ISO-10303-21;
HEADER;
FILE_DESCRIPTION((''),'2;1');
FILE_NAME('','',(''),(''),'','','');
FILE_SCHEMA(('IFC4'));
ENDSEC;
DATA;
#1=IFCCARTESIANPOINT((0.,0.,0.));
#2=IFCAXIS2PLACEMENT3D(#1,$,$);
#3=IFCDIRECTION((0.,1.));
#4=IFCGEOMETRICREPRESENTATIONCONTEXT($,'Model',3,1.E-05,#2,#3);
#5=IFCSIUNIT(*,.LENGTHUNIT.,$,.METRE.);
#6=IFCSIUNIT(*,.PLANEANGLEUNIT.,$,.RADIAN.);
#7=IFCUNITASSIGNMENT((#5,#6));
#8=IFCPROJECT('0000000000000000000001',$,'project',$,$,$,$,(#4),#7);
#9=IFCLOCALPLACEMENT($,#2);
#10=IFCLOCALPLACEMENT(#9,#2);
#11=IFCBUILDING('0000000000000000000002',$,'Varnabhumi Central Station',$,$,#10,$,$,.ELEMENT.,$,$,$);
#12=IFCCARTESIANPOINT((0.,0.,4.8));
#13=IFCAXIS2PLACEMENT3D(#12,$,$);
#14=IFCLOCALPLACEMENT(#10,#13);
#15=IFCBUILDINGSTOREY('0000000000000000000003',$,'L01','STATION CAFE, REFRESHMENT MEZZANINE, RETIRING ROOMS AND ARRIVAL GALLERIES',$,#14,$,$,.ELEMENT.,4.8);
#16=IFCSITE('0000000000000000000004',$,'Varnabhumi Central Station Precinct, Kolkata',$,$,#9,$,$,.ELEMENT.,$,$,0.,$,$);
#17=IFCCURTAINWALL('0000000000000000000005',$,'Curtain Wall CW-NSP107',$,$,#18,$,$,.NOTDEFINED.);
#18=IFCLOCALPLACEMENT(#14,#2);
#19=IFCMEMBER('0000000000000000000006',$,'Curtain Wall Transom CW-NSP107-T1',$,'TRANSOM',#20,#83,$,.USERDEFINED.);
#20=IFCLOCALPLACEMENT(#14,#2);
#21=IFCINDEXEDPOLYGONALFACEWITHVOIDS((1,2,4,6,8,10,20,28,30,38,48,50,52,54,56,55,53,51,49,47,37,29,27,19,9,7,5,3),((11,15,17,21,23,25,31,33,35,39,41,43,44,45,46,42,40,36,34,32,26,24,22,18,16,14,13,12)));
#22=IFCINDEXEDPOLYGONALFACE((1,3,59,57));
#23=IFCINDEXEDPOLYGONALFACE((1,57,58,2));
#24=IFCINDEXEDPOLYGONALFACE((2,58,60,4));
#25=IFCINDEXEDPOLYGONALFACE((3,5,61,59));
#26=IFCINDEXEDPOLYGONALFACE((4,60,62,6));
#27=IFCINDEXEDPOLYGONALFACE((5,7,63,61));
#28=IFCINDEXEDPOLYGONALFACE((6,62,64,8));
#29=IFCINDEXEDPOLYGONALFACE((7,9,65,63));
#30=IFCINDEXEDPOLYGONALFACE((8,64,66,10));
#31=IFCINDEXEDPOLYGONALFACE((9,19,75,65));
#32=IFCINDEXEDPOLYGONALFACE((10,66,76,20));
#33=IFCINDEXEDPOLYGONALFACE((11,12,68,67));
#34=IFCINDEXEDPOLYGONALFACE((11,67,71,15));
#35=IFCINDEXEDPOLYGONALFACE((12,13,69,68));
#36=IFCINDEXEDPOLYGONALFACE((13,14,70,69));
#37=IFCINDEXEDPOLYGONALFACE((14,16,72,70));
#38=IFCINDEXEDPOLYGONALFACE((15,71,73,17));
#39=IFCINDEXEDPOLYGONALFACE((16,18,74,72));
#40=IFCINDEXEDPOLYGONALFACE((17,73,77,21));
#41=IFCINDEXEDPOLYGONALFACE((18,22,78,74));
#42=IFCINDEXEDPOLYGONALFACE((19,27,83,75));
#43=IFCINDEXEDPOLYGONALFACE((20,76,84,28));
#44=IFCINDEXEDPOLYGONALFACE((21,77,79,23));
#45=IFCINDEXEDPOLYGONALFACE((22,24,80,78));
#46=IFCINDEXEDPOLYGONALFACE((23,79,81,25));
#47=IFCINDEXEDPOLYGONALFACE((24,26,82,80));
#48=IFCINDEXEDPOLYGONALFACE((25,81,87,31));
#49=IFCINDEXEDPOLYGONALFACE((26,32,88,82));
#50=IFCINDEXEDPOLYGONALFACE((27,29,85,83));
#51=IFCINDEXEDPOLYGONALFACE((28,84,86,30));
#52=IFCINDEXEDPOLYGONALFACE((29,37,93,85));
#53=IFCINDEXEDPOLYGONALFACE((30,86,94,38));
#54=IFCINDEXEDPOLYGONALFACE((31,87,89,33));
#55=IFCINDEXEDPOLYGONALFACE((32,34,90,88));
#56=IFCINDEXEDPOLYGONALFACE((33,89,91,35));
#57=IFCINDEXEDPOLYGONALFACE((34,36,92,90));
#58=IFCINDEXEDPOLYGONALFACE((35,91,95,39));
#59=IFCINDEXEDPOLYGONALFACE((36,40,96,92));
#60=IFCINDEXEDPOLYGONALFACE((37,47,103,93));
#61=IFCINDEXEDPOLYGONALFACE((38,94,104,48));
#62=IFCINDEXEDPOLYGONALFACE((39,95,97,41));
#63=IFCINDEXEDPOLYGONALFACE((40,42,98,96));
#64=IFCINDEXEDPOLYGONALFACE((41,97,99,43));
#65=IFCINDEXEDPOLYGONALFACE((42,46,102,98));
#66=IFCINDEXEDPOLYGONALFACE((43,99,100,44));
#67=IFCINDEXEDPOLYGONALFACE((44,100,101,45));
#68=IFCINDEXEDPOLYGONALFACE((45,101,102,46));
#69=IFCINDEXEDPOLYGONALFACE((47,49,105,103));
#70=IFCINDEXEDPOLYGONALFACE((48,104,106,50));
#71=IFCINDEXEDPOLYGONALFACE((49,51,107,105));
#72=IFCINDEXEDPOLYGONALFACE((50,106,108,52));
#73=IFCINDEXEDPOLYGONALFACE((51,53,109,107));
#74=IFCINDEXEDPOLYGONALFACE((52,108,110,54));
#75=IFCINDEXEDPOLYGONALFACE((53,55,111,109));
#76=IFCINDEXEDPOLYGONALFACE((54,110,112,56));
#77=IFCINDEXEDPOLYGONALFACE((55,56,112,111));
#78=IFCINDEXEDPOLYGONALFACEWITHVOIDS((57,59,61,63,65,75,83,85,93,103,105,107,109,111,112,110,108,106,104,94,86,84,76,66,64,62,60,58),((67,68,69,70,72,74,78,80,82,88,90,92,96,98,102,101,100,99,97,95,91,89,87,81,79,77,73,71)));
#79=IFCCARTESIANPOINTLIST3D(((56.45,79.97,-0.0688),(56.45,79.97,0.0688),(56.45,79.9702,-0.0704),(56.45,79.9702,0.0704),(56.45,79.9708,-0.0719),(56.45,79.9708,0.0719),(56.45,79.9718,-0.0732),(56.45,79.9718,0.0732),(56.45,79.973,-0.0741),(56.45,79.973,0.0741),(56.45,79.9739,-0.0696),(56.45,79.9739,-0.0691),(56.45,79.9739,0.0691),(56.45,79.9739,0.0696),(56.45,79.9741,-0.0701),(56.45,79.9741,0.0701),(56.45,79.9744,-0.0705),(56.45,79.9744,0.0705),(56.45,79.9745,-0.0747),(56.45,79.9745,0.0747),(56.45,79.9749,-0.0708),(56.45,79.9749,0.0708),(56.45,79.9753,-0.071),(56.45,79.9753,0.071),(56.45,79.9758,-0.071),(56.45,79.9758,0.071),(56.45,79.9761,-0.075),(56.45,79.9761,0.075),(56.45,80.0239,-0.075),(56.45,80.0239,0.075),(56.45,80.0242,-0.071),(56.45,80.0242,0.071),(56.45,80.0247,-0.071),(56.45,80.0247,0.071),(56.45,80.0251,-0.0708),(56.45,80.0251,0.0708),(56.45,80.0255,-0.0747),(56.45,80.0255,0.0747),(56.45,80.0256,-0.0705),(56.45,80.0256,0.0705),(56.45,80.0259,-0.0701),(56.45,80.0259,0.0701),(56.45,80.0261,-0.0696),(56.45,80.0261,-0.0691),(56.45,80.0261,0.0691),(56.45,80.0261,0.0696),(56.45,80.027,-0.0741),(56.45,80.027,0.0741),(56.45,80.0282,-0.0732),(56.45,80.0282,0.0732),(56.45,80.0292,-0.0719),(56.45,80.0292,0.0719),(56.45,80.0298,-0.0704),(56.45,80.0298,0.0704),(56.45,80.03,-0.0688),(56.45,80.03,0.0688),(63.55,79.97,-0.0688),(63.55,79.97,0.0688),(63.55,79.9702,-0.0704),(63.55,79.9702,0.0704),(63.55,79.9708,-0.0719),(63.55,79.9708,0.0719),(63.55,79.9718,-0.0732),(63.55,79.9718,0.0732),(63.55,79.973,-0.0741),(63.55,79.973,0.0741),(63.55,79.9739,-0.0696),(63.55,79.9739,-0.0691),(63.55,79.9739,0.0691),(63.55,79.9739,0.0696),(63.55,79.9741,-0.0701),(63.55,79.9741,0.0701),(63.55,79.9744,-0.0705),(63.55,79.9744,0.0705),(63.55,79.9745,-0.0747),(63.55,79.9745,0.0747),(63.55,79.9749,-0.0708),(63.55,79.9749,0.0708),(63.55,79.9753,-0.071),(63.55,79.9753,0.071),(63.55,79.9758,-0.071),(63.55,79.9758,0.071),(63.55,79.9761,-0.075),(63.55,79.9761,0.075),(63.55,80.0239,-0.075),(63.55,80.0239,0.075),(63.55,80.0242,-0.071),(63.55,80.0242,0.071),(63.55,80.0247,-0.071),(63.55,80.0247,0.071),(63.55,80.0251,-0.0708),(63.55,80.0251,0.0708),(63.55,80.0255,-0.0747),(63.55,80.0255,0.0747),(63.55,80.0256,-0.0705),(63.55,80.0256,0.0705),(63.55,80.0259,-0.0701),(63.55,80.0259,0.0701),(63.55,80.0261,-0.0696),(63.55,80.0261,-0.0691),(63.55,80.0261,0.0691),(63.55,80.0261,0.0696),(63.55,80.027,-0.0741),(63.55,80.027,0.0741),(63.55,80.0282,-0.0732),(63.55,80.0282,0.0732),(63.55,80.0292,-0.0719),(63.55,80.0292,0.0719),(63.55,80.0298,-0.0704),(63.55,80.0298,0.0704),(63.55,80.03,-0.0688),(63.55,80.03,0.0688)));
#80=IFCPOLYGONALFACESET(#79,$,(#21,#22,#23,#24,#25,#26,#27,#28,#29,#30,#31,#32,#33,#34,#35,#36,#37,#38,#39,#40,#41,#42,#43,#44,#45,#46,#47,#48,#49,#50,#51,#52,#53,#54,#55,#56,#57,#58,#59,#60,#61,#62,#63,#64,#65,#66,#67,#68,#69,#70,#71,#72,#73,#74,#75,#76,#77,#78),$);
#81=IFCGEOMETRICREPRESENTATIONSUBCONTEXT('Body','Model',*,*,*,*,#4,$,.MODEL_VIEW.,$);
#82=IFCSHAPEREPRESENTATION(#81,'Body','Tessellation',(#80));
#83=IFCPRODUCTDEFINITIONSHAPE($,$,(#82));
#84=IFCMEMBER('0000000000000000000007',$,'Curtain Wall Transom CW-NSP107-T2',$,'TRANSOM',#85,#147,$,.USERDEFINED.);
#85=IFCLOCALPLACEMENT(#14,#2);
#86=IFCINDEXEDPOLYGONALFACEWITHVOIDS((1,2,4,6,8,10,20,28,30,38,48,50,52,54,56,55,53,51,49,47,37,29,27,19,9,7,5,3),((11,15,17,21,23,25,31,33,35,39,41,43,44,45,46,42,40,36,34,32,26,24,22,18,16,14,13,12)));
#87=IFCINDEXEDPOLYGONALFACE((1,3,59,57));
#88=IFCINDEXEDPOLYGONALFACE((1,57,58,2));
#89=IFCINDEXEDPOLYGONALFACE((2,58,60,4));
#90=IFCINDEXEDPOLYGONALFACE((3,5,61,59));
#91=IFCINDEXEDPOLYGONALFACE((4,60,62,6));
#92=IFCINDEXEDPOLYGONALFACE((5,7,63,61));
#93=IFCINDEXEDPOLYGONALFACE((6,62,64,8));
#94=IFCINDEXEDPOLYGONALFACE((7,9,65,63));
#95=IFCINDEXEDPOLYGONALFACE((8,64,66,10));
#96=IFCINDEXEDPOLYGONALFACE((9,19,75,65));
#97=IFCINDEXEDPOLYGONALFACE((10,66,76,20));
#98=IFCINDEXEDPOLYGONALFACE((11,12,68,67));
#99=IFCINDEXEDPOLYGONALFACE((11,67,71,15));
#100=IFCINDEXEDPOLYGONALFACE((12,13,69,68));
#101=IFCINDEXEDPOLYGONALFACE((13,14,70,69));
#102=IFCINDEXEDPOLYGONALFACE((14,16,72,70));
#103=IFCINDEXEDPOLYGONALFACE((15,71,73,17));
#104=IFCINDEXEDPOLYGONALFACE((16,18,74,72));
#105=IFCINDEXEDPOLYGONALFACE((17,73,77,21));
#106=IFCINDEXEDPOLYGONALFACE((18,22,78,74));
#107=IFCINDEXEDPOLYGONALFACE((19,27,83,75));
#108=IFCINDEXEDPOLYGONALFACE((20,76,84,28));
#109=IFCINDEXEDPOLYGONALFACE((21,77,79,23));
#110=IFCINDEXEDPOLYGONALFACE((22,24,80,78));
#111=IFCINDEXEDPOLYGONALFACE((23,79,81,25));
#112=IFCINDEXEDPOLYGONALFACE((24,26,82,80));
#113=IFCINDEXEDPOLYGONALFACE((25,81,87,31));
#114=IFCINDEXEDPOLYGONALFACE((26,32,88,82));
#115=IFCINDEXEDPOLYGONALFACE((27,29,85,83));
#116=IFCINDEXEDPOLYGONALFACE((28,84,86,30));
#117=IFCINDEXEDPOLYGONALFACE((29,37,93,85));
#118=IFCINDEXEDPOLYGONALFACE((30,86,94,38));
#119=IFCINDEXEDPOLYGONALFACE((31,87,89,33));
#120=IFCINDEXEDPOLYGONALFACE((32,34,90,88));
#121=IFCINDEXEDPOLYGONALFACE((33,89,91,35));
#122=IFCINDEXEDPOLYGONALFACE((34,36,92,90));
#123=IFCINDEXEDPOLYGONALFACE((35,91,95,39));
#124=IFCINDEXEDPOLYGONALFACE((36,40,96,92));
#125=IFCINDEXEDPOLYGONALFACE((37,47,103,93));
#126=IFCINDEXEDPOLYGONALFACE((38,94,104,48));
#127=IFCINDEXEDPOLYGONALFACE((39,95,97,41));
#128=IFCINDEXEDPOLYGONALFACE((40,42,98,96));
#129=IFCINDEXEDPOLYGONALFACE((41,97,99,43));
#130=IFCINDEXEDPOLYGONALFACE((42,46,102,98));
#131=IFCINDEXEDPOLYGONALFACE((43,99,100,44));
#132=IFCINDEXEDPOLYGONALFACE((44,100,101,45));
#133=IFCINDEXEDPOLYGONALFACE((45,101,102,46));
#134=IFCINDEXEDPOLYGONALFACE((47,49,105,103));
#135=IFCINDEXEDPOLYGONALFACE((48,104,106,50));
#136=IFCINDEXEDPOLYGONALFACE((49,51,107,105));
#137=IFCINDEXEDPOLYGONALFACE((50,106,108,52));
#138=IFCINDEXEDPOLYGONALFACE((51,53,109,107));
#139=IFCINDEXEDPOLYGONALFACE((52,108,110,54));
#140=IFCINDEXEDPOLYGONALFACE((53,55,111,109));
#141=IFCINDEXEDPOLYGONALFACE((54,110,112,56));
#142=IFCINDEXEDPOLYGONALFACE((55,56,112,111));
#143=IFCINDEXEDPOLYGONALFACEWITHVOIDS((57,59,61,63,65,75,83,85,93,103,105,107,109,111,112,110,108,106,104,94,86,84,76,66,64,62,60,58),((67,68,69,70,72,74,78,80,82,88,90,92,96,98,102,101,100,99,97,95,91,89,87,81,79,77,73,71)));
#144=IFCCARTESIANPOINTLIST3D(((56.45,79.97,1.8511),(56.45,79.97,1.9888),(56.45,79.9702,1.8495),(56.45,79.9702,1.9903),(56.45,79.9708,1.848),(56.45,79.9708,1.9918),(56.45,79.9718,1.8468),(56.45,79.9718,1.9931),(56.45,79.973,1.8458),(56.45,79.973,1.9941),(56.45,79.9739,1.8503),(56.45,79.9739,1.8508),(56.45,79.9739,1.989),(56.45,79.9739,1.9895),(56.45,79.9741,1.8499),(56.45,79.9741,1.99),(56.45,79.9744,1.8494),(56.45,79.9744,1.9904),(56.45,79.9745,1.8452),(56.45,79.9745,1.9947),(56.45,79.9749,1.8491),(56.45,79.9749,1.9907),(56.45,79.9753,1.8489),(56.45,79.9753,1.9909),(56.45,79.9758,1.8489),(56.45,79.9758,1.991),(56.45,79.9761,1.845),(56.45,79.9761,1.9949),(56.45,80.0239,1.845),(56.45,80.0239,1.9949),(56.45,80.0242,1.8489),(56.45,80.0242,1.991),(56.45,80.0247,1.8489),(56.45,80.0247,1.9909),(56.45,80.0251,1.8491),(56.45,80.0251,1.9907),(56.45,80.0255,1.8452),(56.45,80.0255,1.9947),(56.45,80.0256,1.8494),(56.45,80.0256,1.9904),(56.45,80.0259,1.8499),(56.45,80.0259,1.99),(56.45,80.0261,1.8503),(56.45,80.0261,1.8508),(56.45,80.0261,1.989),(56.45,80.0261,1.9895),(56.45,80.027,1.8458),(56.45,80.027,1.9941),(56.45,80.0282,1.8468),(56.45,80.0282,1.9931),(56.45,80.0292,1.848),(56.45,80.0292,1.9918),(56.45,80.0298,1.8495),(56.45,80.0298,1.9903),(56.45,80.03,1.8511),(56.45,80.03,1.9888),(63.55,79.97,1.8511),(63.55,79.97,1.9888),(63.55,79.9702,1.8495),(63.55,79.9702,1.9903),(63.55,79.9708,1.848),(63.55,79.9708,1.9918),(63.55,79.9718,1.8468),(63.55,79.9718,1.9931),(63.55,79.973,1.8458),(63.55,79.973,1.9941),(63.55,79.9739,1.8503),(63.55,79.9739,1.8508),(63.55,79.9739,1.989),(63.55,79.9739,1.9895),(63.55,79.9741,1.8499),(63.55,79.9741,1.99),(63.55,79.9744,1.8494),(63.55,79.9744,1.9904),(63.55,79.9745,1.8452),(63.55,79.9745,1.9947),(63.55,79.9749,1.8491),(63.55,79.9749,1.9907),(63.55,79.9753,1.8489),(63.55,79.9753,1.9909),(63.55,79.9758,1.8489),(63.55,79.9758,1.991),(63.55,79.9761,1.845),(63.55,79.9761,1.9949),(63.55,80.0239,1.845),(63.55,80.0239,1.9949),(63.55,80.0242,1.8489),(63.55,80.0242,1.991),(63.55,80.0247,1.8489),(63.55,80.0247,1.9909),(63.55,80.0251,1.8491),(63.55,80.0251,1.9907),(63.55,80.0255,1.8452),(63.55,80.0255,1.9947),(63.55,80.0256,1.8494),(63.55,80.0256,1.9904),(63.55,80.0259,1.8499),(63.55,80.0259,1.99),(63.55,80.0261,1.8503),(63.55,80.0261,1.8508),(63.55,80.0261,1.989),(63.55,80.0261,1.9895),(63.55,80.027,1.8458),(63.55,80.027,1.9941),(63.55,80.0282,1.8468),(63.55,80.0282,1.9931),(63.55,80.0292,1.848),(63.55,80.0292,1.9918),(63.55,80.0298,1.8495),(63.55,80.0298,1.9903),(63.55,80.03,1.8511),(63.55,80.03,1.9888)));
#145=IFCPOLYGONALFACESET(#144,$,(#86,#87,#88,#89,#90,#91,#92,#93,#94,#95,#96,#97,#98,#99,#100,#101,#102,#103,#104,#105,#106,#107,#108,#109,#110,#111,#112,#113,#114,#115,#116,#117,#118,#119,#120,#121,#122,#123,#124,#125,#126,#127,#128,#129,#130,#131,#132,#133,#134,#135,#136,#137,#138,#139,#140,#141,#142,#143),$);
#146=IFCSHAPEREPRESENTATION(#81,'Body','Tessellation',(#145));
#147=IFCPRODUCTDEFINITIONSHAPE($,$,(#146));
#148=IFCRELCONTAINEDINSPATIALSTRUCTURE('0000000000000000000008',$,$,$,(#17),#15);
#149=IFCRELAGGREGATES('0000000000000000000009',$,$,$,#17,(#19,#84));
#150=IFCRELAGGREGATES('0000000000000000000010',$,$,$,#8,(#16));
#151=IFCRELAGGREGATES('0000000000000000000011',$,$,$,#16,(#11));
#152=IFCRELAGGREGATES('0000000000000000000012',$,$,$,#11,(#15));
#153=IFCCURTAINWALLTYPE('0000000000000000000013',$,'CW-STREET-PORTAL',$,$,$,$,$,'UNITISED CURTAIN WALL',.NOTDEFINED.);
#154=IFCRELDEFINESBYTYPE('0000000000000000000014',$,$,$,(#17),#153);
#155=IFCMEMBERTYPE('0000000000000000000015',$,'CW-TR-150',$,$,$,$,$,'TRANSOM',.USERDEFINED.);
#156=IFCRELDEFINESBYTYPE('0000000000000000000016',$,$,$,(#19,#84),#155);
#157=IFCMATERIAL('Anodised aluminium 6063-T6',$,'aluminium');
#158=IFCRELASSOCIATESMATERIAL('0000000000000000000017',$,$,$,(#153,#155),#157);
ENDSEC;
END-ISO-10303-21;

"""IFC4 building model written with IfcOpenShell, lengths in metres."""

from ifc_helpers import new_model, si_unit, direction, frame, origin, origin_2d, place, context, subcontext, project, spatial, hollow_rectangle, extrude, material, material_profile, profile_set, type_object, element, aggregate, save


model = new_model("IFC4")

# Units and contexts
model_context = context("Model", 3, precision=1e-05, world=origin(), true_north=direction((0.0, 1.0)))
body_context = subcontext(model_context, "Body", "Model", "MODEL_VIEW")
ifc_project = project(units=[si_unit("LENGTHUNIT", "METRE"), si_unit("PLANEANGLEUNIT", "RADIAN")], contexts=[model_context])

# Site, building, storey
site_placement = place(None, origin())
site = spatial("IfcSite", under=ifc_project, at=site_placement, Name="Varnabhumi Central Station Precinct, Kolkata", CompositionType="ELEMENT", RefElevation=0.0)
building_placement = place(site_placement, origin())
building = spatial("IfcBuilding", under=site, at=building_placement, Name="Varnabhumi Central Station", CompositionType="ELEMENT")
storey_placement = place(building_placement, frame((0.0, 0.0, 4.8)))
storey = spatial("IfcBuildingStorey", under=building, at=storey_placement, Name="L01", Description="STATION CAFE, REFRESHMENT MEZZANINE, RETIRING ROOMS AND ARRIVAL GALLERIES", CompositionType="ELEMENT", Elevation=4.8)

# Curtain wall
ifc_material_1 = material(Name="Anodised aluminium 6063-T6", Category="aluminium")
curtain_wall_type_1 = type_object("IfcCurtainWallType", Name="CW-STREET-PORTAL", ElementType="UNITISED CURTAIN WALL", PredefinedType="NOTDEFINED", material=ifc_material_1)
curtain_wall_1_placement = place(storey_placement, origin())
curtain_wall_1 = element("IfcCurtainWall", 1, at=curtain_wall_1_placement, inside=storey, type_object=curtain_wall_type_1, Name="Curtain Wall CW-NSP107", PredefinedType="NOTDEFINED")

# Members
ifc_material_profile_1 = material_profile(ifc_material_1, hollow_rectangle(XDim=0.0601, YDim=0.1499, WallThickness=0.0039, InnerFilletRadius=0.002, OuterFilletRadius=0.0061, at=origin_2d()), Name="Anodised aluminium 6063-T6", Category="aluminium")
ifc_profile_set_1 = profile_set([ifc_material_profile_1], Name="Anodised aluminium 6063-T6")
member_type_1 = type_object("IfcMemberType", Name="CW-TR-150", ElementType="TRANSOM", PredefinedType="USERDEFINED", material=ifc_profile_set_1)
member_1_placement = place(storey_placement, frame((56.45, 80.0, 0.0), z_axis=(1.0, 0.0, 0.0), x_axis=(0.0, 1.0, 0.0)))
member_1 = element("IfcMember", 2, at=member_1_placement, type_object=member_type_1, Name="Curtain Wall Transom CW-NSP107-T1", ObjectType="TRANSOM", PredefinedType="USERDEFINED", context=body_context, shape_type="SweptSolid", body=[
    extrude(hollow_rectangle(XDim=0.0601, YDim=0.1499, WallThickness=0.0039, InnerFilletRadius=0.002, OuterFilletRadius=0.0061, at=origin_2d()), origin(), (0.0, 0.0, 1.0), 7.1001),
])
member_2_placement = place(storey_placement, frame((56.45, 80.0, 1.9199), z_axis=(1.0, 0.0, 0.0), x_axis=(0.0, 1.0, 0.0)))
member_2 = element("IfcMember", 3, at=member_2_placement, type_object=member_type_1, Name="Curtain Wall Transom CW-NSP107-T2", ObjectType="TRANSOM", PredefinedType="USERDEFINED", context=body_context, shape_type="SweptSolid", body=[
    extrude(hollow_rectangle(XDim=0.0601, YDim=0.1499, WallThickness=0.0039, InnerFilletRadius=0.002, OuterFilletRadius=0.0061, at=origin_2d()), origin(), (0.0, 0.0, 1.0), 7.1001),
])

aggregate(curtain_wall_1, [member_1, member_2])

save(model, "model.ifc")
